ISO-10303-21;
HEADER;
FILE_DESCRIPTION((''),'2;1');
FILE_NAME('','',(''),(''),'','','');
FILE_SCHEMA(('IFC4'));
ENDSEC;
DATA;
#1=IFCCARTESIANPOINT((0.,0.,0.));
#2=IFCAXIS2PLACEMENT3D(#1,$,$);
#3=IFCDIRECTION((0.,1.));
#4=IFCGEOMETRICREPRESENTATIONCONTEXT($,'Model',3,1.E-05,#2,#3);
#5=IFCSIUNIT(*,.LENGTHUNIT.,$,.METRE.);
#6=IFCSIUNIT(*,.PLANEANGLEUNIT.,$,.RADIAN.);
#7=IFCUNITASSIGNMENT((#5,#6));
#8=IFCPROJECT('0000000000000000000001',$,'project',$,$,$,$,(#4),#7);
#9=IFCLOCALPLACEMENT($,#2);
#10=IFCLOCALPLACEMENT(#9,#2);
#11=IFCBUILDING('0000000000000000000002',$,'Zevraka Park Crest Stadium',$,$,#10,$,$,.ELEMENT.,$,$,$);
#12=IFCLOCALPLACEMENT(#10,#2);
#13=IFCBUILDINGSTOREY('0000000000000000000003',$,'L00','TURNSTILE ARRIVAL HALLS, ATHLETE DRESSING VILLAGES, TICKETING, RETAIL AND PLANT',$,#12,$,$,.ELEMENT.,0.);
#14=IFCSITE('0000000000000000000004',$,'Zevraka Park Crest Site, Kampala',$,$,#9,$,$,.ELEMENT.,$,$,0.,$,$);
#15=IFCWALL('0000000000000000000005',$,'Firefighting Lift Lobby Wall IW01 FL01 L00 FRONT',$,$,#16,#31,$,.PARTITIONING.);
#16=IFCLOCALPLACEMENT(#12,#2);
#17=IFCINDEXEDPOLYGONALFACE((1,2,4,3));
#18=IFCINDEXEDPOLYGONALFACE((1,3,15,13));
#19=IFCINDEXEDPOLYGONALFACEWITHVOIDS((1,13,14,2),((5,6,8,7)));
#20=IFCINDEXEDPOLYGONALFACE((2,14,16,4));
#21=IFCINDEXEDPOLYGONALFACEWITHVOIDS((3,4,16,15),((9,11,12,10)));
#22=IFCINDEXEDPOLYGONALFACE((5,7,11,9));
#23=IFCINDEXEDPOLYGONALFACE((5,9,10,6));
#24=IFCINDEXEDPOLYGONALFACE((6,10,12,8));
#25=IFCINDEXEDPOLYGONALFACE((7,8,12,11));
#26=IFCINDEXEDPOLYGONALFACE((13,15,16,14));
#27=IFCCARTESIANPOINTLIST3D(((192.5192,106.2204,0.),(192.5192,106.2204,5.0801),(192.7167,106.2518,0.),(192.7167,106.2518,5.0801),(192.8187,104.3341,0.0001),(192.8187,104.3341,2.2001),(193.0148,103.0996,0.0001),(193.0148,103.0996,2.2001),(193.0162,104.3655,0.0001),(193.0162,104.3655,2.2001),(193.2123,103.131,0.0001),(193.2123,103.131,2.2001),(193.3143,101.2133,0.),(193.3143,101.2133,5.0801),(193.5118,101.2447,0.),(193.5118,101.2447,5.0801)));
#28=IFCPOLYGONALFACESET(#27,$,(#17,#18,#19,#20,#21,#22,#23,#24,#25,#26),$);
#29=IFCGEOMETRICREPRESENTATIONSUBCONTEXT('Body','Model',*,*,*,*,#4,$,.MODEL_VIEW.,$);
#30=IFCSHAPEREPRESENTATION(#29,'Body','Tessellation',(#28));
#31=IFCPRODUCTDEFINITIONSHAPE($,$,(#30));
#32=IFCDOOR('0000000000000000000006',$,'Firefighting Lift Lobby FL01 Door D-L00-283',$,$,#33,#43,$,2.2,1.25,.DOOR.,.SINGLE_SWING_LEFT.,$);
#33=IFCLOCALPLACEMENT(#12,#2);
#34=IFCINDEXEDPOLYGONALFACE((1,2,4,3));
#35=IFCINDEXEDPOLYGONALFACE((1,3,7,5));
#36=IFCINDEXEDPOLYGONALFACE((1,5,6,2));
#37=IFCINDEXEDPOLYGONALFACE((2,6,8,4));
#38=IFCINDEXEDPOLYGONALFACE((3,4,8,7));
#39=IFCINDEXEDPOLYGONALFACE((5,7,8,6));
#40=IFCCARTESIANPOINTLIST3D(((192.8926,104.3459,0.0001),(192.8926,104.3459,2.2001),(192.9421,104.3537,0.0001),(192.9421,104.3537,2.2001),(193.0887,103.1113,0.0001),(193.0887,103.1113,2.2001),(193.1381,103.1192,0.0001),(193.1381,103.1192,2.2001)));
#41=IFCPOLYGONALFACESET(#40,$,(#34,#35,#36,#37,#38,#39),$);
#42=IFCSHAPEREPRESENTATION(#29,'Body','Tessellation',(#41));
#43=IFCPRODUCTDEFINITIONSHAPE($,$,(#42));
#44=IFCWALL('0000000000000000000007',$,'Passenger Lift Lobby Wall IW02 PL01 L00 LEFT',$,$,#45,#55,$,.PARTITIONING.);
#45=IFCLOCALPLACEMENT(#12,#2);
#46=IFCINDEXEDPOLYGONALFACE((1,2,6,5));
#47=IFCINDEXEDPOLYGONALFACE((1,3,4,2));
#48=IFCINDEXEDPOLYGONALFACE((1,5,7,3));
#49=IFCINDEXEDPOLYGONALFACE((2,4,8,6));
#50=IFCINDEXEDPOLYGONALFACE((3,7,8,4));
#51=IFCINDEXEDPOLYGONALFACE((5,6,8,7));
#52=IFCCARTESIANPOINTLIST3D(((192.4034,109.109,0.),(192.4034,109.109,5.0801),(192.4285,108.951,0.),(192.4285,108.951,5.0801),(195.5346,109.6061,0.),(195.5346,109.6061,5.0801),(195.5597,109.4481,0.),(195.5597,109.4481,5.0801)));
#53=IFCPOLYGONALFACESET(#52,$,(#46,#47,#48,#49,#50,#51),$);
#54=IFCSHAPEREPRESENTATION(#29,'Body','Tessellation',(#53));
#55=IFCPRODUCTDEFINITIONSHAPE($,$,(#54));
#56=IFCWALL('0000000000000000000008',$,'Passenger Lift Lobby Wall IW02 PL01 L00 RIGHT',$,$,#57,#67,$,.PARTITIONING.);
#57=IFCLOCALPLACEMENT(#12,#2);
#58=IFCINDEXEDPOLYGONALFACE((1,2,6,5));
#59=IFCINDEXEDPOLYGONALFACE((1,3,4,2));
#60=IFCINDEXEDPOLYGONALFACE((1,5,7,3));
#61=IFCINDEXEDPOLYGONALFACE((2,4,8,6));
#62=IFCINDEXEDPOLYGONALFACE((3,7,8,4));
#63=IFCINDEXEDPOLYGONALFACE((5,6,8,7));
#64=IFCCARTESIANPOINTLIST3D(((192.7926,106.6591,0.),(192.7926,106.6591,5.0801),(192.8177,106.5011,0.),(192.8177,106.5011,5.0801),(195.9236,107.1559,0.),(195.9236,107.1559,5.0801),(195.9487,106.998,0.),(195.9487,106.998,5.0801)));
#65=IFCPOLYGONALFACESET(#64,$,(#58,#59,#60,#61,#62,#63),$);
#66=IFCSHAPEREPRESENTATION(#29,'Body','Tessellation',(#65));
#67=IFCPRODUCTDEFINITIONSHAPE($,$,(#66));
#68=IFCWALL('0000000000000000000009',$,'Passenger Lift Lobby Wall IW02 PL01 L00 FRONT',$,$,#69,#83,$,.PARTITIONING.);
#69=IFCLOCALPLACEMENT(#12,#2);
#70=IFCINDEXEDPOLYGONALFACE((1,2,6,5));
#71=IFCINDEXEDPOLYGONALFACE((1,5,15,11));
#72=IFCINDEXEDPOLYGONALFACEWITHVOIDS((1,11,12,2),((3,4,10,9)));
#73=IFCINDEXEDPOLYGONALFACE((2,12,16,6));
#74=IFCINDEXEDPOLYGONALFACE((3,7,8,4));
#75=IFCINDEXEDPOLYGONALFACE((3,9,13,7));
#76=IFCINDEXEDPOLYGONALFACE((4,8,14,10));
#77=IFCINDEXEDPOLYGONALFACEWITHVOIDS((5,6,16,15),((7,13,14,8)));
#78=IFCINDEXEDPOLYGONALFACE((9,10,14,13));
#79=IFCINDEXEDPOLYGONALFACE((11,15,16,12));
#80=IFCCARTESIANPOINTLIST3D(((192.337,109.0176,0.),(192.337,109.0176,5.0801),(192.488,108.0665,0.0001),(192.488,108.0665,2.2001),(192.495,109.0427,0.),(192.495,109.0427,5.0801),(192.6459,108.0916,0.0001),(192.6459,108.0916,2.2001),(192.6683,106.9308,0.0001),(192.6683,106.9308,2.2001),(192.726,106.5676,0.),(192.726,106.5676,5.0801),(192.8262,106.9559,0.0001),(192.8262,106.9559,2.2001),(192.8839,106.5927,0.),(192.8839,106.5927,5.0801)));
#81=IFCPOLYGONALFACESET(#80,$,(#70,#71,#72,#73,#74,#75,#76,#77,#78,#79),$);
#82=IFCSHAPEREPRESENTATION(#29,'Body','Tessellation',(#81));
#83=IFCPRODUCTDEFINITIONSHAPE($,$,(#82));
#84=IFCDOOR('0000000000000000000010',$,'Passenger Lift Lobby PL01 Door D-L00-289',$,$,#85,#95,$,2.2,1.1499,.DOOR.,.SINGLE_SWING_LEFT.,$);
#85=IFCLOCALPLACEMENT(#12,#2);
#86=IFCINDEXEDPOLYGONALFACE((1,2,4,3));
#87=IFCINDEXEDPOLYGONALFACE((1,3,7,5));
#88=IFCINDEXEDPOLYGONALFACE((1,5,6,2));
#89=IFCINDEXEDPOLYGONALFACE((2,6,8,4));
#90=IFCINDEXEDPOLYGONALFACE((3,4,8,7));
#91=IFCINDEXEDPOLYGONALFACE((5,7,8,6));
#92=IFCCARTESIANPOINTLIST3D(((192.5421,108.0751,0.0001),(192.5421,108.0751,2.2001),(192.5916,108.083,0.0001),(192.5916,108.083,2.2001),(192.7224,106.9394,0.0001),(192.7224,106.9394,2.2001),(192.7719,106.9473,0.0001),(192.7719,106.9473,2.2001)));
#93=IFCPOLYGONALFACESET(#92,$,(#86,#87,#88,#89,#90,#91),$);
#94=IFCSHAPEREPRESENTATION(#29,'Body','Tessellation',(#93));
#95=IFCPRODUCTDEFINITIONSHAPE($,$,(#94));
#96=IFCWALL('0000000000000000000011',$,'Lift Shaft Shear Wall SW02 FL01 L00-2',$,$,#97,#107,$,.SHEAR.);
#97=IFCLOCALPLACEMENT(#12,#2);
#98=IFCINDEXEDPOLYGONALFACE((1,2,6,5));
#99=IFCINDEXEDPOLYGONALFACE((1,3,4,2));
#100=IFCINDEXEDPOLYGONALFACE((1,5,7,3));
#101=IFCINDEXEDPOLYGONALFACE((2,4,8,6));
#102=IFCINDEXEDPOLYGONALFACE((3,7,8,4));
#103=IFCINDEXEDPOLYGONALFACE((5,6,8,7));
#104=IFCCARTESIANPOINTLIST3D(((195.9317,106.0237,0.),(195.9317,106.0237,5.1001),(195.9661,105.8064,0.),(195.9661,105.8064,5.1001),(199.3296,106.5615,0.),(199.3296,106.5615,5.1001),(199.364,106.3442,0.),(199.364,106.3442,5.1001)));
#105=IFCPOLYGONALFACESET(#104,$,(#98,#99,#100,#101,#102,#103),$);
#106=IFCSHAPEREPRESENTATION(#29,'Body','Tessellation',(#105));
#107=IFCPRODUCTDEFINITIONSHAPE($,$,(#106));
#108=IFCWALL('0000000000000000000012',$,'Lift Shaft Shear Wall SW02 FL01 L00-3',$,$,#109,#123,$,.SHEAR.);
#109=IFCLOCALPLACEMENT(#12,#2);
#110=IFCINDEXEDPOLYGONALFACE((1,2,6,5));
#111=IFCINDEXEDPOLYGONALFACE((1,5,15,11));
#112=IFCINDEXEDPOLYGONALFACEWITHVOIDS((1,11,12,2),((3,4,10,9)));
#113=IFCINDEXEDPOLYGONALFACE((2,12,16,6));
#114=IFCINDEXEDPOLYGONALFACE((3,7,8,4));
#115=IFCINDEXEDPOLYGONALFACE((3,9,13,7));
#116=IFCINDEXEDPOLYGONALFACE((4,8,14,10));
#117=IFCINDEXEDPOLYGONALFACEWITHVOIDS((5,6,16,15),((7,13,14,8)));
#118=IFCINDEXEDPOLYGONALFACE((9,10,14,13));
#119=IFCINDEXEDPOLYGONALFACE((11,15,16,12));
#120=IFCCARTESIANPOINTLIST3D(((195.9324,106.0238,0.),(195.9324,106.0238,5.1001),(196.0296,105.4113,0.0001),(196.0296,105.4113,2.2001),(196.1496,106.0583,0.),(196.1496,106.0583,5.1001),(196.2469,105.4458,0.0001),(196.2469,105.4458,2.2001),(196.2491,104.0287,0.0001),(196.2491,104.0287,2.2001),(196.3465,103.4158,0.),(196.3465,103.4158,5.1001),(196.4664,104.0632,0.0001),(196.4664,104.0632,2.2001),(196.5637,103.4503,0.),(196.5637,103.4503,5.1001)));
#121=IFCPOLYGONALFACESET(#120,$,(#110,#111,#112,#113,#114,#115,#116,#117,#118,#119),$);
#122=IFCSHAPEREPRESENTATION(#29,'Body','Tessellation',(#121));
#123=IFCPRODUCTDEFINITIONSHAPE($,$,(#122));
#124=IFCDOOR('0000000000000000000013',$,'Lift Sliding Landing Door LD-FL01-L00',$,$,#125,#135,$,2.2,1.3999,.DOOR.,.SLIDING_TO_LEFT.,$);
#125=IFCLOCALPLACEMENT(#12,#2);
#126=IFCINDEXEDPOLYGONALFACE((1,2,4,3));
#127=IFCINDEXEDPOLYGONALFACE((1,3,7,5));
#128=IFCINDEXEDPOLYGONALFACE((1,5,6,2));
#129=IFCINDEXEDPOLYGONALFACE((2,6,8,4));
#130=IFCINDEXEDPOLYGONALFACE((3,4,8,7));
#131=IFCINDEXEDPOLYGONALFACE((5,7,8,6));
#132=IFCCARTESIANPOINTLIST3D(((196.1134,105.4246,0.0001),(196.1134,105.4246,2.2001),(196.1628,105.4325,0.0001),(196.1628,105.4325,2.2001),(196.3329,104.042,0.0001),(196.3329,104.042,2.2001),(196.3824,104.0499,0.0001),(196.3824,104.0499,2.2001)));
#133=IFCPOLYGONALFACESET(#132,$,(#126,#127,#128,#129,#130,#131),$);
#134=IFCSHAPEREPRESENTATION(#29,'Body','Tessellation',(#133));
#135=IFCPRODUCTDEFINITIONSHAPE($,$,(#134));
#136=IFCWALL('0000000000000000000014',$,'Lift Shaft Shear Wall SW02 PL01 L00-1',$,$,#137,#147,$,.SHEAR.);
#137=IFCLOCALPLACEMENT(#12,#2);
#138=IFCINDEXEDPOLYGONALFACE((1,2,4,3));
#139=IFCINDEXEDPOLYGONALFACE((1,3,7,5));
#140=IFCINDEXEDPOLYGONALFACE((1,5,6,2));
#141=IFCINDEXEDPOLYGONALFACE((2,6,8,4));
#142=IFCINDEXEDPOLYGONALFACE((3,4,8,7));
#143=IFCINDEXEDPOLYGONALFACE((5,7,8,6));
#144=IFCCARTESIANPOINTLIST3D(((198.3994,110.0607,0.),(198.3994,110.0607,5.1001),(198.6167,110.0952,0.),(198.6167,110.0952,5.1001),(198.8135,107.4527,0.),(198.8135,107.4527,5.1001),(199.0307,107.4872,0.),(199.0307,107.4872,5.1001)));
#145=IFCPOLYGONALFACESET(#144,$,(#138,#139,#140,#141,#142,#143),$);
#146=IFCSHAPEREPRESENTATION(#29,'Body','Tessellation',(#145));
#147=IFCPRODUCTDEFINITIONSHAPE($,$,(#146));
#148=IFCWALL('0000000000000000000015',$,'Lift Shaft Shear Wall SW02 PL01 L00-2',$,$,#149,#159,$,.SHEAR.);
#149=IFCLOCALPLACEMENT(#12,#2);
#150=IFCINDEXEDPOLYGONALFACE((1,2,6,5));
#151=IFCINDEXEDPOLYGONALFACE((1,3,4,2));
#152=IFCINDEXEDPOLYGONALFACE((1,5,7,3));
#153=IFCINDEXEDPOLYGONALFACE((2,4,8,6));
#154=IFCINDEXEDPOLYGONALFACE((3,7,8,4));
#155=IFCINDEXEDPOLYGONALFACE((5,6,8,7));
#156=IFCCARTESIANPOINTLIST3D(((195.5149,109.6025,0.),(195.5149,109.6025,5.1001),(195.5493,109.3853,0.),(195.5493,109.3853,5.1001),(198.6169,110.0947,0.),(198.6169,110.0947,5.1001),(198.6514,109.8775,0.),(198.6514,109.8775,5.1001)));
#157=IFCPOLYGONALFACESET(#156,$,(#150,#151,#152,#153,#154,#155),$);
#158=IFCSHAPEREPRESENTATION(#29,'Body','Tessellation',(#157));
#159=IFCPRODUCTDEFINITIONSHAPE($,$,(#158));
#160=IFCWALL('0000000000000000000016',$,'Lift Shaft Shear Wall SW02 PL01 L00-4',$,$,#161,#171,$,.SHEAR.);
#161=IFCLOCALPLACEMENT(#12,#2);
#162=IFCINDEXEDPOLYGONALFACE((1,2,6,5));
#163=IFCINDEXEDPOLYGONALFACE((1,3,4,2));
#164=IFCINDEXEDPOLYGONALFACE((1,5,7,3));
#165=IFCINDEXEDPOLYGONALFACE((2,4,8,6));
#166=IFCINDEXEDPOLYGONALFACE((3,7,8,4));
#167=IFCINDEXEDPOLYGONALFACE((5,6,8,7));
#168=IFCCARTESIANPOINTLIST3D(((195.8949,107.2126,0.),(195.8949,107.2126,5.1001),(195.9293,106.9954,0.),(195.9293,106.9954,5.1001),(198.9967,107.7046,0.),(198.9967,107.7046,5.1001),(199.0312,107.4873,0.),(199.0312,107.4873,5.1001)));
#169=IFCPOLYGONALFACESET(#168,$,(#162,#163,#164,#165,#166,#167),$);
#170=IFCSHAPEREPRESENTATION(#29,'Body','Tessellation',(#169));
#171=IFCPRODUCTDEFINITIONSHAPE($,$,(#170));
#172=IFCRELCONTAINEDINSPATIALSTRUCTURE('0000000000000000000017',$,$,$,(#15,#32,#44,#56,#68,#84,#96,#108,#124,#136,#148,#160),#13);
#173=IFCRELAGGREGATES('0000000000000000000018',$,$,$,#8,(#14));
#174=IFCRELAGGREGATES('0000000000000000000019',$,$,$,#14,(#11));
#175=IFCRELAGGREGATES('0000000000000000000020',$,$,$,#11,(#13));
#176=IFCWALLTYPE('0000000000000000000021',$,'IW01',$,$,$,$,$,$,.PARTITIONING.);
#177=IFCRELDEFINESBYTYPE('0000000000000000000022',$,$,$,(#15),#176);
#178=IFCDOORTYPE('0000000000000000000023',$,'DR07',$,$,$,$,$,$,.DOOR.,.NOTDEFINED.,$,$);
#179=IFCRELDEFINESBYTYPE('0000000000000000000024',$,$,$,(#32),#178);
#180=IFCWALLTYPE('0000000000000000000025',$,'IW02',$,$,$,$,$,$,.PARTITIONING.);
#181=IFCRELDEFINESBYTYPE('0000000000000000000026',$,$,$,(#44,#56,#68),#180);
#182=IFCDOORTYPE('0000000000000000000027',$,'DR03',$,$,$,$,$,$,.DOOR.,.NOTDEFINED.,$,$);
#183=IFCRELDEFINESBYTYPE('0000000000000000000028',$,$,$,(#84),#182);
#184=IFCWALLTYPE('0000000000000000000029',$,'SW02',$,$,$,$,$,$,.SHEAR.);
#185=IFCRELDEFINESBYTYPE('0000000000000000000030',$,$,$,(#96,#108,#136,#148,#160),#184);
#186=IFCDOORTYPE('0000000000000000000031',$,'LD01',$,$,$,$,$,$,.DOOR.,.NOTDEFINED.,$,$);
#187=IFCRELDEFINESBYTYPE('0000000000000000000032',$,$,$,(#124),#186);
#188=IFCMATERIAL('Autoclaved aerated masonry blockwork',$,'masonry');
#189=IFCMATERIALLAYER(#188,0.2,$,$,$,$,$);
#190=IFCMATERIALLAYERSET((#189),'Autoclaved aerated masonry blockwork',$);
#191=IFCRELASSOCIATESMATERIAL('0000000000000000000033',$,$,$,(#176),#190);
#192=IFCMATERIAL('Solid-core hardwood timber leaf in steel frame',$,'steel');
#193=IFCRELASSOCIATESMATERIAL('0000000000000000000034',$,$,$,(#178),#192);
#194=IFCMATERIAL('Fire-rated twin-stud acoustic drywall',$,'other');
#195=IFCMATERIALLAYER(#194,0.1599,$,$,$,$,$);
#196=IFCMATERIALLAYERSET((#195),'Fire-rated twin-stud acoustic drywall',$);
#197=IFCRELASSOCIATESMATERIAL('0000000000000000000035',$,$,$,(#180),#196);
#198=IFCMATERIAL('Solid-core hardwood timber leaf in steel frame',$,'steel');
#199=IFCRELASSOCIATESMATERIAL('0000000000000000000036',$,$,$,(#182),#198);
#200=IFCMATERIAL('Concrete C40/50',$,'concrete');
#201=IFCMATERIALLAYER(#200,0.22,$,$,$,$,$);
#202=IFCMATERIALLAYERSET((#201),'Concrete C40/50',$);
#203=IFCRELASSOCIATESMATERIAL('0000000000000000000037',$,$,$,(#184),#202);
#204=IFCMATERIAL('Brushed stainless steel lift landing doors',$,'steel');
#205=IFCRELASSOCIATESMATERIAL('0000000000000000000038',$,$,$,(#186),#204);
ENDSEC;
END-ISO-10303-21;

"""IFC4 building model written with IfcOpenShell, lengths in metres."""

from ifc_helpers import new_model, si_unit, direction, frame, frame_2d, origin, place, context, subcontext, project, spatial, rectangle, extrude, material, layer, layer_set, type_object, element, fill, save


model = new_model("IFC4")

# Units and contexts
model_context = context("Model", 3, precision=1e-05, world=origin(), true_north=direction((0.0, 1.0)))
body_context = subcontext(model_context, "Body", "Model", "MODEL_VIEW")
ifc_project = project(units=[si_unit("LENGTHUNIT", "METRE"), si_unit("PLANEANGLEUNIT", "RADIAN")], contexts=[model_context])

# Site, building, storey
site_placement = place(None, origin())
site = spatial("IfcSite", under=ifc_project, at=site_placement, Name="Zevraka Park Crest Site, Kampala", CompositionType="ELEMENT", RefElevation=0.0)
building_placement = place(site_placement, origin())
building = spatial("IfcBuilding", under=site, at=building_placement, Name="Zevraka Park Crest Stadium", CompositionType="ELEMENT")
storey_placement = place(building_placement, origin())
storey = spatial("IfcBuildingStorey", under=building, at=storey_placement, Name="L00", Description="TURNSTILE ARRIVAL HALLS, ATHLETE DRESSING VILLAGES, TICKETING, RETAIL AND PLANT", CompositionType="ELEMENT", Elevation=0.0)

# Shared definitions
ifc_material_1 = material(Name="Autoclaved aerated masonry blockwork", Category="masonry")
ifc_layer_1 = layer(ifc_material_1, 0.2)
ifc_layer_set_1 = layer_set([ifc_layer_1], Name="Autoclaved aerated masonry blockwork")
wall_type_1 = type_object("IfcWallType", Name="IW01", PredefinedType="PARTITIONING", material=ifc_layer_set_1)

# Wall, opening, door
wall_1_placement = place(storey_placement, frame((192.6179, 106.2361, 0.0), z_axis=(0.0, 0.0, 1.0), x_axis=(0.156843, -0.987624, 0.0)))
wall_1 = element("IfcWall", 1, at=wall_1_placement, inside=storey, type_object=wall_type_1, Name="Firefighting Lift Lobby Wall IW01 FL01 L00 FRONT", PredefinedType="PARTITIONING", context=body_context, shape_type="SweptSolid", body=[
    extrude(rectangle(XDim=5.0698, YDim=0.2, at=frame_2d((2.5349, 0.0))), origin(), (0.0, 0.0, 1.0), 5.0801),
])
opening_1_placement = place(wall_1_placement, frame((1.9099, 0.0, 0.0)))
opening_1 = element("IfcOpeningElement", 2, at=opening_1_placement, cuts=wall_1, PredefinedType="OPENING", context=body_context, shape_type="SweptSolid", body=[
    extrude(rectangle(XDim=1.25, YDim=2.2, at=frame_2d((0.625, 1.1001))), frame((0.0, 0.1099, 0.0), z_axis=(0.0, -1.0, 0.0), x_axis=(1.0, 0.0, 0.0)), (0.0, 0.0, 1.0), 0.22),
])
ifc_material_2 = material(Name="Solid-core hardwood timber leaf in steel frame", Category="steel")
door_type_1 = type_object("IfcDoorType", Name="DR07", OperationType="NOTDEFINED", PredefinedType="DOOR", material=ifc_material_2)
door_1_placement = place(opening_1_placement, origin())
door_1 = element("IfcDoor", 3, at=door_1_placement, inside=storey, type_object=door_type_1, Name="Firefighting Lift Lobby FL01 Door D-L00-283", OperationType="SINGLE_SWING_LEFT", OverallHeight=2.2, OverallWidth=1.25, PredefinedType="DOOR", context=body_context, shape_type="SweptSolid", body=[
    extrude(rectangle(XDim=1.25, YDim=2.2, at=frame_2d((0.625, 1.1001))), frame((0.0, 0.0249, 0.0), z_axis=(0.0, -1.0, 0.0), x_axis=(1.0, 0.0, 0.0)), (0.0, 0.0, 1.0), 0.05),
])
fill(opening_1, door_1)

# Walls
ifc_material_3 = material(Name="Fire-rated twin-stud acoustic drywall", Category="other")
ifc_layer_2 = layer(ifc_material_3, 0.1599)
ifc_layer_set_2 = layer_set([ifc_layer_2], Name="Fire-rated twin-stud acoustic drywall")
wall_type_2 = type_object("IfcWallType", Name="IW02", PredefinedType="PARTITIONING", material=ifc_layer_set_2)
wall_2_placement = place(storey_placement, frame((195.5471, 109.5271, 0.0), z_axis=(0.0, 0.0, 1.0), x_axis=(-0.987632, -0.156789, 0.0)))
element("IfcWall", 4, at=wall_2_placement, inside=storey, type_object=wall_type_2, Name="Passenger Lift Lobby Wall IW02 PL01 L00 LEFT", PredefinedType="PARTITIONING", context=body_context, shape_type="SweptSolid", body=[
    extrude(rectangle(XDim=3.1704, YDim=0.1599, at=frame_2d((1.5852, 0.0))), origin(), (0.0, 0.0, 1.0), 5.0801),
])
wall_3_placement = place(storey_placement, frame((195.936, 107.0769, 0.0), z_axis=(0.0, 0.0, 1.0), x_axis=(-0.987644, -0.156714, 0.0)))
element("IfcWall", 5, at=wall_3_placement, inside=storey, type_object=wall_type_2, Name="Passenger Lift Lobby Wall IW02 PL01 L00 RIGHT", PredefinedType="PARTITIONING", context=body_context, shape_type="SweptSolid", body=[
    extrude(rectangle(XDim=3.1702, YDim=0.1599, at=frame_2d((1.585, 0.0))), origin(), (0.0, 0.0, 1.0), 5.0801),
])

# Wall, opening, door
wall_4_placement = place(storey_placement, frame((192.416, 109.03, 0.0), z_axis=(0.0, 0.0, 1.0), x_axis=(0.156781, -0.987633, 0.0)))
wall_4 = element("IfcWall", 6, at=wall_4_placement, inside=storey, type_object=wall_type_2, Name="Passenger Lift Lobby Wall IW02 PL01 L00 FRONT", PredefinedType="PARTITIONING", context=body_context, shape_type="SweptSolid", body=[
    extrude(rectangle(XDim=2.4807, YDim=0.1599, at=frame_2d((1.2402, 0.0))), origin(), (0.0, 0.0, 1.0), 5.0801),
])
opening_2_placement = place(wall_4_placement, frame((0.9629, 0.0, 0.0)))
opening_2 = element("IfcOpeningElement", 7, at=opening_2_placement, cuts=wall_4, PredefinedType="OPENING", context=body_context, shape_type="SweptSolid", body=[
    extrude(rectangle(XDim=1.1499, YDim=2.2, at=frame_2d((0.575, 1.1001))), frame((0.0, 0.0898, 0.0), z_axis=(0.0, -1.0, 0.0), x_axis=(1.0, 0.0, 0.0)), (0.0, 0.0, 1.0), 0.1799),
])
ifc_material_4 = material(Name="Solid-core hardwood timber leaf in steel frame", Category="steel")
door_type_2 = type_object("IfcDoorType", Name="DR03", OperationType="NOTDEFINED", PredefinedType="DOOR", material=ifc_material_4)
door_2_placement = place(opening_2_placement, origin())
door_2 = element("IfcDoor", 8, at=door_2_placement, inside=storey, type_object=door_type_2, Name="Passenger Lift Lobby PL01 Door D-L00-289", OperationType="SINGLE_SWING_LEFT", OverallHeight=2.2, OverallWidth=1.1499, PredefinedType="DOOR", context=body_context, shape_type="SweptSolid", body=[
    extrude(rectangle(XDim=1.1499, YDim=2.2, at=frame_2d((0.575, 1.1001))), frame((0.0, 0.0249, 0.0), z_axis=(0.0, -1.0, 0.0), x_axis=(1.0, 0.0, 0.0)), (0.0, 0.0, 1.0), 0.05),
])
fill(opening_2, door_2)

# Wall
ifc_material_5 = material(Name="Concrete C40/50", Category="concrete")
ifc_layer_3 = layer(ifc_material_5, 0.22)
ifc_layer_set_3 = layer_set([ifc_layer_3], Name="Concrete C40/50")
wall_type_3 = type_object("IfcWallType", Name="SW02", PredefinedType="SHEAR", material=ifc_layer_set_3)
wall_5_placement = place(storey_placement, frame((199.3469, 106.4529, 0.0), z_axis=(0.0, 0.0, 1.0), x_axis=(-0.987704, -0.156338, 0.0)))
element("IfcWall", 9, at=wall_5_placement, inside=storey, type_object=wall_type_3, Name="Lift Shaft Shear Wall SW02 FL01 L00-2", PredefinedType="SHEAR", context=body_context, shape_type="SweptSolid", body=[
    extrude(rectangle(XDim=3.4402, YDim=0.22, at=frame_2d((1.7202, 0.0))), origin(), (0.0, 0.0, 1.0), 5.1001),
])

# Wall, opening, door
wall_6_placement = place(storey_placement, frame((196.041, 106.041, 0.0), z_axis=(0.0, 0.0, 1.0), x_axis=(0.156808, -0.987629, 0.0)))
wall_6 = element("IfcWall", 10, at=wall_6_placement, inside=storey, type_object=wall_type_3, Name="Lift Shaft Shear Wall SW02 FL01 L00-3", PredefinedType="SHEAR", context=body_context, shape_type="SweptSolid", body=[
    extrude(rectangle(XDim=2.6406, YDim=0.22, at=frame_2d((1.3203, 0.0))), origin(), (0.0, 0.0, 1.0), 5.1001),
])
opening_3_placement = place(wall_6_placement, frame((0.6201, 0.0, 0.0)))
opening_3 = element("IfcOpeningElement", 11, at=opening_3_placement, cuts=wall_6, PredefinedType="OPENING", context=body_context, shape_type="SweptSolid", body=[
    extrude(rectangle(XDim=1.3999, YDim=2.2, at=frame_2d((0.7, 1.1001))), frame((0.0, 0.1199, 0.0), z_axis=(0.0, -1.0, 0.0), x_axis=(1.0, 0.0, 0.0)), (0.0, 0.0, 1.0), 0.24),
])
ifc_material_6 = material(Name="Brushed stainless steel lift landing doors", Category="steel")
door_type_3 = type_object("IfcDoorType", Name="LD01", OperationType="NOTDEFINED", PredefinedType="DOOR", material=ifc_material_6)
door_3_placement = place(opening_3_placement, origin())
door_3 = element("IfcDoor", 12, at=door_3_placement, inside=storey, type_object=door_type_3, Name="Lift Sliding Landing Door LD-FL01-L00", OperationType="SLIDING_TO_LEFT", OverallHeight=2.2, OverallWidth=1.3999, PredefinedType="DOOR", context=body_context, shape_type="SweptSolid", body=[
    extrude(rectangle(XDim=1.3999, YDim=2.2, at=frame_2d((0.7, 1.1001))), frame((0.0, 0.0249, 0.0), z_axis=(0.0, -1.0, 0.0), x_axis=(1.0, 0.0, 0.0)), (0.0, 0.0, 1.0), 0.05),
])
fill(opening_3, door_3)

# Walls
wall_7_placement = place(storey_placement, frame((198.9221, 107.47, 0.0), z_axis=(0.0, 0.0, 1.0), x_axis=(-0.156808, 0.987629, 0.0)))
element("IfcWall", 13, at=wall_7_placement, inside=storey, type_object=wall_type_3, Name="Lift Shaft Shear Wall SW02 PL01 L00-1", PredefinedType="SHEAR", context=body_context, shape_type="SweptSolid", body=[
    extrude(rectangle(XDim=2.6406, YDim=0.22, at=frame_2d((1.3203, 0.0))), origin(), (0.0, 0.0, 1.0), 5.1001),
])
wall_8_placement = place(storey_placement, frame((198.634, 109.9861, 0.0), z_axis=(0.0, 0.0, 1.0), x_axis=(-0.987645, -0.156705, 0.0)))
element("IfcWall", 14, at=wall_8_placement, inside=storey, type_object=wall_type_3, Name="Lift Shaft Shear Wall SW02 PL01 L00-2", PredefinedType="SHEAR", context=body_context, shape_type="SweptSolid", body=[
    extrude(rectangle(XDim=3.1409, YDim=0.22, at=frame_2d((1.5703, 0.0))), origin(), (0.0, 0.0, 1.0), 5.1001),
])

# Wall
wall_9_placement = place(storey_placement, frame((195.9121, 107.104, 0.0), z_axis=(0.0, 0.0, 1.0), x_axis=(0.987656, 0.156641, 0.0)))
element("IfcWall", 15, at=wall_9_placement, inside=storey, type_object=wall_type_3, Name="Lift Shaft Shear Wall SW02 PL01 L00-4", PredefinedType="SHEAR", context=body_context, shape_type="SweptSolid", body=[
    extrude(rectangle(XDim=3.1406, YDim=0.22, at=frame_2d((1.5703, 0.0))), origin(), (0.0, 0.0, 1.0), 5.1001),
])

save(model, "model.ifc")
